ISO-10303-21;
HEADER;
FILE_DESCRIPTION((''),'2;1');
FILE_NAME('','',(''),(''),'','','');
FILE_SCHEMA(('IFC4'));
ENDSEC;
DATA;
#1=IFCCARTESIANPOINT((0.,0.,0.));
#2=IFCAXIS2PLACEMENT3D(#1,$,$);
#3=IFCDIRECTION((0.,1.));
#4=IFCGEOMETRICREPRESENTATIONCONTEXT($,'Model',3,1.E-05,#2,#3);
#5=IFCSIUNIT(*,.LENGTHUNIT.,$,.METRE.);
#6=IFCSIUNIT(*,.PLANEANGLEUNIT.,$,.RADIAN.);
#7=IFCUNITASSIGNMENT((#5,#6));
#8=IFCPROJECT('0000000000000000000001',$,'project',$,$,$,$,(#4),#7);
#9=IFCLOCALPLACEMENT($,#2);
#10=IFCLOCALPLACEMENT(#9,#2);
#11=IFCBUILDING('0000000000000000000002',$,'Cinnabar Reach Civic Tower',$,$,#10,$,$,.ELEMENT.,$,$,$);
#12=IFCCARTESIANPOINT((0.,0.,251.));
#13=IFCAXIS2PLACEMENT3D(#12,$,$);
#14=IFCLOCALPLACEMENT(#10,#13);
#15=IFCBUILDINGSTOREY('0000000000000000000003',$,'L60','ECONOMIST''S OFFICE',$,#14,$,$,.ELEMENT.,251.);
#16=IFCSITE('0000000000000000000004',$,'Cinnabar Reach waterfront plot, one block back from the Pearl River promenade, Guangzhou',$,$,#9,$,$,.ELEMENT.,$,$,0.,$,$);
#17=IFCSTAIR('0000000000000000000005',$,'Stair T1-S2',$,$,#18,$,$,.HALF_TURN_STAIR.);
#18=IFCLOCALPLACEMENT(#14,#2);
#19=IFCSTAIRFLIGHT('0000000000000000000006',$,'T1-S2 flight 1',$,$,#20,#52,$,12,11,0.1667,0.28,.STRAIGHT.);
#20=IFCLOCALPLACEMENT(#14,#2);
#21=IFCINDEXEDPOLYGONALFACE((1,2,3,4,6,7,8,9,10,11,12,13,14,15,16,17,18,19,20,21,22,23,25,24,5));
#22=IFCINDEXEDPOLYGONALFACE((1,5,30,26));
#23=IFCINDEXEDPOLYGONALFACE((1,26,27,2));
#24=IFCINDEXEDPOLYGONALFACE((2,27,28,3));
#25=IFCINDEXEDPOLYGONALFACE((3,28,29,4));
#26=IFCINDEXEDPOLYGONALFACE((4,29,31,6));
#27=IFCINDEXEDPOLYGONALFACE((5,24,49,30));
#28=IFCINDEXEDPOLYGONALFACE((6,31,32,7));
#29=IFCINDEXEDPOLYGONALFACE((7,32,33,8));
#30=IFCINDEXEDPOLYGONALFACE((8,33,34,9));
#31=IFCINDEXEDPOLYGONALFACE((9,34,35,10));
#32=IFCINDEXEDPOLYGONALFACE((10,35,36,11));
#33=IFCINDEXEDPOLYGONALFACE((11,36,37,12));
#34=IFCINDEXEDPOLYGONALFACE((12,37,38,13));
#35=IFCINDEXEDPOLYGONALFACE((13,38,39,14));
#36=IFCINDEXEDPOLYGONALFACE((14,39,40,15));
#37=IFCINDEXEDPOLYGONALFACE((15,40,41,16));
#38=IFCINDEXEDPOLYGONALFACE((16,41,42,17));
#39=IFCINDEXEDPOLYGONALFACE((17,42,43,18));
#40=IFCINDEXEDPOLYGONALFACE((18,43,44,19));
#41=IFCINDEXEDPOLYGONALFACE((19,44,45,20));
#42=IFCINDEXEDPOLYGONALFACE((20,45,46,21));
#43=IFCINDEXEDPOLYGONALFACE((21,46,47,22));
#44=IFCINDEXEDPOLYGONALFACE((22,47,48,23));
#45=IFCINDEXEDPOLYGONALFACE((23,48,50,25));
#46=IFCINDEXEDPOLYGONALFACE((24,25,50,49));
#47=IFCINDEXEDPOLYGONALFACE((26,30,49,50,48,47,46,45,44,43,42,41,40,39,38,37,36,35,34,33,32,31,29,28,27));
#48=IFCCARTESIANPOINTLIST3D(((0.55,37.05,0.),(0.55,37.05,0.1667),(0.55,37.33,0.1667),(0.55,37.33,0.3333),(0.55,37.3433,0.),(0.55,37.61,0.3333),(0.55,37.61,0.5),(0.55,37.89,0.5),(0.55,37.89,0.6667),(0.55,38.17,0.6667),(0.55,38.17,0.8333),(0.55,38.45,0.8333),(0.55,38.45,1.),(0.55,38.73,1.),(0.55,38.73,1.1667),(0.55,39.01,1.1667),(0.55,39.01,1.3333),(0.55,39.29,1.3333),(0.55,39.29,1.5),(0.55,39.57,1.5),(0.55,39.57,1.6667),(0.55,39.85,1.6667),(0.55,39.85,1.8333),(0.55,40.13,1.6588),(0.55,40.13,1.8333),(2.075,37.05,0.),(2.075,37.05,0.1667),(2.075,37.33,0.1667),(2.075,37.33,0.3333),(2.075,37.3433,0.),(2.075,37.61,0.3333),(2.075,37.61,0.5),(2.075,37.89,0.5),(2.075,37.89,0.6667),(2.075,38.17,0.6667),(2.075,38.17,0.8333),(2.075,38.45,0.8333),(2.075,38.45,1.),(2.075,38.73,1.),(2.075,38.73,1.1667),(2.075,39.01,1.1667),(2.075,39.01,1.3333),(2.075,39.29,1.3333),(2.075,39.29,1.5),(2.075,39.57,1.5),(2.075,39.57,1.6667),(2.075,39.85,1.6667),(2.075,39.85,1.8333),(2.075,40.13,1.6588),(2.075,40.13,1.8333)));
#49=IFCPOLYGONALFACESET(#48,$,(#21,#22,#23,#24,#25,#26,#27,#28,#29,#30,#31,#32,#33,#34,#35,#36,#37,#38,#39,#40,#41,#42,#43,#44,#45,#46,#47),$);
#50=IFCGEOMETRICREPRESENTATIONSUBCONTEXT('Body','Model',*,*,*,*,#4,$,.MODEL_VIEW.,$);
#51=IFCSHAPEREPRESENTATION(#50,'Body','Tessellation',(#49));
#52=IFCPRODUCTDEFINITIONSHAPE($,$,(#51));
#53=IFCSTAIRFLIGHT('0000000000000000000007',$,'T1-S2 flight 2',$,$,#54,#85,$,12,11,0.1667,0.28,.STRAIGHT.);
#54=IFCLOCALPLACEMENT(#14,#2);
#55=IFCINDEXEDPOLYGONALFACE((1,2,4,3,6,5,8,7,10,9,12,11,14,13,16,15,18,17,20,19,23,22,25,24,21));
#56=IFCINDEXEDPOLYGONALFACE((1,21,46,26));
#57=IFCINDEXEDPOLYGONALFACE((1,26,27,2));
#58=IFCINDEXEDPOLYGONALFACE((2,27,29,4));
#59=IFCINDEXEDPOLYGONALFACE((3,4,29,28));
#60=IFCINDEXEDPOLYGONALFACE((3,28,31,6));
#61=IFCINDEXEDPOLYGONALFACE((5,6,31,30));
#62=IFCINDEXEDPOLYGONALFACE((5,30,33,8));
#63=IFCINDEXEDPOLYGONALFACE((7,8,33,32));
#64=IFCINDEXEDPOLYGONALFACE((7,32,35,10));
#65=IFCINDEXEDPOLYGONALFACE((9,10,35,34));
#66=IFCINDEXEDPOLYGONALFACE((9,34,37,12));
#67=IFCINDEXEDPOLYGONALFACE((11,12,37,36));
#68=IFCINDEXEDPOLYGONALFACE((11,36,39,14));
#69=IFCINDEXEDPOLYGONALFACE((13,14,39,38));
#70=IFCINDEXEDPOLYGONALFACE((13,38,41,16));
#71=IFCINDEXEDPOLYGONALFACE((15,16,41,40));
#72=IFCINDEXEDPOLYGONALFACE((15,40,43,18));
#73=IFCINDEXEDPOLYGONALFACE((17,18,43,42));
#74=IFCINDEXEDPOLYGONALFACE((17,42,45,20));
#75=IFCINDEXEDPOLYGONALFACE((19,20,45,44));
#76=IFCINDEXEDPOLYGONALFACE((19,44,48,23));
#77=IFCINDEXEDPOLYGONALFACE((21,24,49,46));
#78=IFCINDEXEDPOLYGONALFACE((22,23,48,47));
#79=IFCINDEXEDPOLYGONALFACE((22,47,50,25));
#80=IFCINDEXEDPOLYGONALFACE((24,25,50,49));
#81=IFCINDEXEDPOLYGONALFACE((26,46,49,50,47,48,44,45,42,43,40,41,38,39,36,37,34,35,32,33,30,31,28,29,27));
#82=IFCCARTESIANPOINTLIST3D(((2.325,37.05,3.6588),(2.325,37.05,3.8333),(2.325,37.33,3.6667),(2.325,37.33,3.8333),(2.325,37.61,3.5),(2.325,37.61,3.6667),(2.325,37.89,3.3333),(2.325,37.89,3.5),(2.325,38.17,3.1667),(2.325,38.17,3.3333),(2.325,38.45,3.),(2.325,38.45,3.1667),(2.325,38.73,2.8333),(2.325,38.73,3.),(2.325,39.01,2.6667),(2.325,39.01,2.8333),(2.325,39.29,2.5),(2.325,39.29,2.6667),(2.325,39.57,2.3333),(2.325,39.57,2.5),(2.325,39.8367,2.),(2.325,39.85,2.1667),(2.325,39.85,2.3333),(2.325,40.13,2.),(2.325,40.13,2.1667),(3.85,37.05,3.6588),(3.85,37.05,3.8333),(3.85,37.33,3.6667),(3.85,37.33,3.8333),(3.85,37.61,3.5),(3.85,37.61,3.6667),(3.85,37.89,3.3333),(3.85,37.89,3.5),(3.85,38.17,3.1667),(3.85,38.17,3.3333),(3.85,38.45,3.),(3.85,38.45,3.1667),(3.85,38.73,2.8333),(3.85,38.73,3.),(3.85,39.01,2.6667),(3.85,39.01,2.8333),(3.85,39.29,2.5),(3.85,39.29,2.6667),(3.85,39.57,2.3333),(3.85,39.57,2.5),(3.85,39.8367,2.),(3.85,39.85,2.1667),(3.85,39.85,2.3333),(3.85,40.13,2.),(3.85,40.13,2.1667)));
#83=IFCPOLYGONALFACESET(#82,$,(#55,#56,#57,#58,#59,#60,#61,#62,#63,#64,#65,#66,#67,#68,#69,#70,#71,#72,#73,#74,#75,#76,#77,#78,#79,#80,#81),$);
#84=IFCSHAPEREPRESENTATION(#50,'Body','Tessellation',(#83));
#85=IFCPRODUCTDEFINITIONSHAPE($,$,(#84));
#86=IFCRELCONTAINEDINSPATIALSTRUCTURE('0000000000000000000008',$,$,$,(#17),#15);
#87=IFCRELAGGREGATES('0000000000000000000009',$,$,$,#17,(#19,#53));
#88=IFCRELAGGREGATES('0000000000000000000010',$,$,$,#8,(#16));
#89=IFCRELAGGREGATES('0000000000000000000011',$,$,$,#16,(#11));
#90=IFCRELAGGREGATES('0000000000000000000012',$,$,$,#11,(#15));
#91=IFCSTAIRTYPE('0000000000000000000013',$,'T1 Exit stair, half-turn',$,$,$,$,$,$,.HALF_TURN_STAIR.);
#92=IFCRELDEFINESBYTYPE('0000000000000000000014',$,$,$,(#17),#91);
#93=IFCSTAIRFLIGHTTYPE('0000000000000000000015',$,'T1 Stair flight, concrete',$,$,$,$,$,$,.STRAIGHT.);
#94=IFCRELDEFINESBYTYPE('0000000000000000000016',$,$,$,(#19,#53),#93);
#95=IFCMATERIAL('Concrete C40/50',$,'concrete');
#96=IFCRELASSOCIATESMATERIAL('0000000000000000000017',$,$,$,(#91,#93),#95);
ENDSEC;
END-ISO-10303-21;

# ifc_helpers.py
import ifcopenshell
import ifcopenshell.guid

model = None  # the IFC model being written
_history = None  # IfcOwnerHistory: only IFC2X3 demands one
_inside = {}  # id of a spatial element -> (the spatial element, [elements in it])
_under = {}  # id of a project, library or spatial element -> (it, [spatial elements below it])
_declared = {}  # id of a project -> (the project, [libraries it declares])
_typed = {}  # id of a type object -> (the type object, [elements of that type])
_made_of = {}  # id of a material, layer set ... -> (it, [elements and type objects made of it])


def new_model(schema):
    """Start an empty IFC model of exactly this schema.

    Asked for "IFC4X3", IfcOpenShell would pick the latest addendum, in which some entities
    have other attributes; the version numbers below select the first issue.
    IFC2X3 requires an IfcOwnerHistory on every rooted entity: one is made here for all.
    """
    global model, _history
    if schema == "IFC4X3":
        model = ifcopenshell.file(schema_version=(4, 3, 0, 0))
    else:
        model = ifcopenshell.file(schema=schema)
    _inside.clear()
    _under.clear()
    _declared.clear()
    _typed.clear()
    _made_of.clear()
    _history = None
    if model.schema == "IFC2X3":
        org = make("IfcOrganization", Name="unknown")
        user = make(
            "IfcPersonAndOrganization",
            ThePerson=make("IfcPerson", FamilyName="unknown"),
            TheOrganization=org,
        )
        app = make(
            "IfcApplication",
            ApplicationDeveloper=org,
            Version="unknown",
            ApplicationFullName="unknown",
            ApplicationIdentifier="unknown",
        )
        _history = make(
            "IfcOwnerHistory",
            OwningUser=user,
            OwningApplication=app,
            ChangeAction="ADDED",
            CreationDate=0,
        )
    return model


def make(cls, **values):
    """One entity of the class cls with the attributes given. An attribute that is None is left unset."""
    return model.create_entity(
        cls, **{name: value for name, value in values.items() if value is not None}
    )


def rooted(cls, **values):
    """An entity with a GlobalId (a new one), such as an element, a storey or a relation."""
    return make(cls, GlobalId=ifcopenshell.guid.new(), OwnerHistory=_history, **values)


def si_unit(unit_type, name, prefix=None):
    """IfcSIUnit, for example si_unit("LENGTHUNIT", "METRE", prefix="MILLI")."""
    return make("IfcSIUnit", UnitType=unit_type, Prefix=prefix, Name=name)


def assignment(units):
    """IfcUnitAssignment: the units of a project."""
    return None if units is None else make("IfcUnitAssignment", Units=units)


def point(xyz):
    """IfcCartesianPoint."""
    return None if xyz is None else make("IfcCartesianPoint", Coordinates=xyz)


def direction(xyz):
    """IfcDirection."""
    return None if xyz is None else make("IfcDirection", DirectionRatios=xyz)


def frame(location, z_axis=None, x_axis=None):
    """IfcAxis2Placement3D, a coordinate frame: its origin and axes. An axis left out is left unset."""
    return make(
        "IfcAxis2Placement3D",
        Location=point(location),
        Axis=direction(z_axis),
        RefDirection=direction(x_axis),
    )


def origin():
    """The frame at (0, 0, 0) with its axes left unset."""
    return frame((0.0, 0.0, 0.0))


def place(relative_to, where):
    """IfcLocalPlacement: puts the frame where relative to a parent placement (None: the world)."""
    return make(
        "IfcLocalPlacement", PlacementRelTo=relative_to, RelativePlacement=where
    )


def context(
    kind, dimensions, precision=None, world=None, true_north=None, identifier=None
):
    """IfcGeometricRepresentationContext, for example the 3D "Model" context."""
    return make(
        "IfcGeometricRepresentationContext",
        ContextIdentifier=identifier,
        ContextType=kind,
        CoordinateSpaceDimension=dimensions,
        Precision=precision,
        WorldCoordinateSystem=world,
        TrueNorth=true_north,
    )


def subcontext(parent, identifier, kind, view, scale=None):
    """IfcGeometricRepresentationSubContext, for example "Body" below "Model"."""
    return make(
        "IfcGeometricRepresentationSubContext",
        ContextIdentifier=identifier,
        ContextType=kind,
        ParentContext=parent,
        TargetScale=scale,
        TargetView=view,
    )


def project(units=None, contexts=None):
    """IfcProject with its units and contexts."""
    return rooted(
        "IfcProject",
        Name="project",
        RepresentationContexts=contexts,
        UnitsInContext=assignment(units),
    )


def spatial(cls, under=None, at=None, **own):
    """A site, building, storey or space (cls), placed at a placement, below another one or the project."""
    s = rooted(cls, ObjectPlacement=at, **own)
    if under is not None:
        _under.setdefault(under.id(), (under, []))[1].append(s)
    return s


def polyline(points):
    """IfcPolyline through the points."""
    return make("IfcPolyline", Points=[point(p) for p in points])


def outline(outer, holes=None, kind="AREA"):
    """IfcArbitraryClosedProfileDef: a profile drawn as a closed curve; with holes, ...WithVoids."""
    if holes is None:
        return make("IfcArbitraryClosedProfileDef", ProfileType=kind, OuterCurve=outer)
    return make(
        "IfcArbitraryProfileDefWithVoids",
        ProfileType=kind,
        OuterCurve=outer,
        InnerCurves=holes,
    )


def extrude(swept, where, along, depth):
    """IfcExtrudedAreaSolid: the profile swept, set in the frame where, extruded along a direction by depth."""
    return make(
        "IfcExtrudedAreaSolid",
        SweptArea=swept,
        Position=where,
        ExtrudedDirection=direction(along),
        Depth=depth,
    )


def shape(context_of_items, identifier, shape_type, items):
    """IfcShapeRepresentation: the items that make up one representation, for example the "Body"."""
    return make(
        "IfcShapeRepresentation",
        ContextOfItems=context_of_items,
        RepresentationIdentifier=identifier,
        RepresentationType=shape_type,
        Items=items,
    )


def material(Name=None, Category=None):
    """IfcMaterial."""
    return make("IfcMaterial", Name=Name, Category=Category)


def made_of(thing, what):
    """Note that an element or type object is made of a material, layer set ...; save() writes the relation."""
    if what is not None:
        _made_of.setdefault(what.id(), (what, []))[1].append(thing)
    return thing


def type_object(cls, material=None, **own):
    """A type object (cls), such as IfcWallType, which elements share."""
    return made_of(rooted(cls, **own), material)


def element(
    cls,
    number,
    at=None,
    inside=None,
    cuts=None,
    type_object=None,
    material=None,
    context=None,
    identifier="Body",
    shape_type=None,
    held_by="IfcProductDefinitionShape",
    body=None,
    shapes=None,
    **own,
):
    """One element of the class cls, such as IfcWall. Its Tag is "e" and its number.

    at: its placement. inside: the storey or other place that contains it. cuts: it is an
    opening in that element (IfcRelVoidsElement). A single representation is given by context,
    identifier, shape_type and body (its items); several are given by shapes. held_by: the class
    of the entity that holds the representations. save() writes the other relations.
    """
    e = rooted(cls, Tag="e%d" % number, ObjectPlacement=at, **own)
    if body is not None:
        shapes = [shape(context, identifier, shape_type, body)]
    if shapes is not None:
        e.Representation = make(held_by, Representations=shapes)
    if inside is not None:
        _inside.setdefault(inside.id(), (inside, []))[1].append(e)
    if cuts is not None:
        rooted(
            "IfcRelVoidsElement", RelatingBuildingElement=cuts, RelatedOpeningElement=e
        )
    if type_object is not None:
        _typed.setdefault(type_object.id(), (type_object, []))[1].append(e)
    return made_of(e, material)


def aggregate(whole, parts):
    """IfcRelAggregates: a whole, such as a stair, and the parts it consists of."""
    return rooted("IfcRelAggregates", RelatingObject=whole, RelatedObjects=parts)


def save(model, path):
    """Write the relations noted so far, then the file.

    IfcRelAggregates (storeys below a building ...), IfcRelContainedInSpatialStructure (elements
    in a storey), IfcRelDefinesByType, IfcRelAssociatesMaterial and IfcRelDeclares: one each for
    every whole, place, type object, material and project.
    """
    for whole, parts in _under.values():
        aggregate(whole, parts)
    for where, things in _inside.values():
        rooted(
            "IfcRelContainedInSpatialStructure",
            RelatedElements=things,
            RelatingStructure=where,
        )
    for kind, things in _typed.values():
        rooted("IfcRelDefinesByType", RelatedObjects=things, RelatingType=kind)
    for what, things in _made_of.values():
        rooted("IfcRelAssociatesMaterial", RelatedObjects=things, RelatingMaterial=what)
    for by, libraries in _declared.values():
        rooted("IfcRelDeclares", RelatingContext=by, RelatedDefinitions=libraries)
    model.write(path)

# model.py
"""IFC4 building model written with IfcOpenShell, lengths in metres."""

from ifc_helpers import new_model, si_unit, direction, frame, origin, place, context, subcontext, project, spatial, polyline, outline, extrude, material, type_object, element, aggregate, save


model = new_model("IFC4")

# Units and contexts
model_context = context("Model", 3, precision=1e-05, world=origin(), true_north=direction((0.0, 1.0)))
body_context = subcontext(model_context, "Body", "Model", "MODEL_VIEW")
ifc_project = project(units=[si_unit("LENGTHUNIT", "METRE"), si_unit("PLANEANGLEUNIT", "RADIAN")], contexts=[model_context])

# Site, building, storey
site_placement = place(None, origin())
site = spatial("IfcSite", under=ifc_project, at=site_placement, Name="Cinnabar Reach waterfront plot, one block back from the Pearl River promenade, Guangzhou", CompositionType="ELEMENT", RefElevation=0.0)
building_placement = place(site_placement, origin())
building = spatial("IfcBuilding", under=site, at=building_placement, Name="Cinnabar Reach Civic Tower", CompositionType="ELEMENT")
storey_placement = place(building_placement, frame((0.0, 0.0, 251.0)))
storey = spatial("IfcBuildingStorey", under=building, at=storey_placement, Name="L60", Description="ECONOMIST'S OFFICE", CompositionType="ELEMENT", Elevation=251.0)

# Shared definitions
ifc_material_1 = material(Name="Concrete C40/50", Category="concrete")

# Stair, stair flights
stair_type = type_object("IfcStairType", Name="T1 Exit stair, half-turn", PredefinedType="HALF_TURN_STAIR", material=ifc_material_1)
stair_placement = place(storey_placement, origin())
stair = element("IfcStair", 1, at=stair_placement, inside=storey, type_object=stair_type, Name="Stair T1-S2", PredefinedType="HALF_TURN_STAIR")
stair_flight_type = type_object("IfcStairFlightType", Name="T1 Stair flight, concrete", PredefinedType="STRAIGHT", material=ifc_material_1)
stair_flight_1_placement = place(storey_placement, frame((1.3125, 37.05, 0.0), z_axis=(0.0, 0.0, 1.0), x_axis=(0.0, 1.0, 0.0)))
stair_flight_1 = element("IfcStairFlight", 2, at=stair_flight_1_placement, type_object=stair_flight_type, Name="T1-S2 flight 1", NumberOfRisers=12, NumberOfTreads=11, PredefinedType="STRAIGHT", RiserHeight=0.1667, TreadLength=0.28, context=body_context, shape_type="SweptSolid", body=[
    extrude(outline(polyline([(0.0, 0.0), (0.0, 0.1667), (0.28, 0.1667), (0.28, 0.3333), (0.56, 0.3333), (0.56, 0.5), (0.84, 0.5), (0.84, 0.6667), (1.12, 0.6667), (1.12, 0.8333), (1.4, 0.8333), (1.4, 1.0), (1.68, 1.0), (1.68, 1.1667), (1.96, 1.1667), (1.96, 1.3333), (2.24, 1.3333), (2.24, 1.5), (2.52, 1.5), (2.52, 1.6667), (2.8, 1.6667), (2.8, 1.8333), (3.08, 1.8333), (3.08, 2.0), (3.08, 1.6588), (0.2933, 0.0), (0.0, 0.0)])), frame((0.0, 0.7625, 0.0), z_axis=(0.0, -1.0, 0.0), x_axis=(1.0, 0.0, 0.0)), (0.0, 0.0, 1.0), 1.525),
])
stair_flight_2_placement = place(storey_placement, frame((3.0875, 40.13, 2.0), z_axis=(0.0, 0.0, 1.0), x_axis=(0.0, -1.0, 0.0)))
stair_flight_2 = element("IfcStairFlight", 3, at=stair_flight_2_placement, type_object=stair_flight_type, Name="T1-S2 flight 2", NumberOfRisers=12, NumberOfTreads=11, PredefinedType="STRAIGHT", RiserHeight=0.1667, TreadLength=0.28, context=body_context, shape_type="SweptSolid", body=[
    extrude(outline(polyline([(0.0, 0.0), (0.0, 0.1667), (0.28, 0.1667), (0.28, 0.3333), (0.56, 0.3333), (0.56, 0.5), (0.84, 0.5), (0.84, 0.6667), (1.12, 0.6667), (1.12, 0.8333), (1.4, 0.8333), (1.4, 1.0), (1.68, 1.0), (1.68, 1.1667), (1.96, 1.1667), (1.96, 1.3333), (2.24, 1.3333), (2.24, 1.5), (2.52, 1.5), (2.52, 1.6667), (2.8, 1.6667), (2.8, 1.8333), (3.08, 1.8333), (3.08, 2.0), (3.08, 1.6588), (0.2933, 0.0), (0.0, 0.0)])), frame((0.0, 0.7625, 0.0), z_axis=(0.0, -1.0, 0.0), x_axis=(1.0, 0.0, 0.0)), (0.0, 0.0, 1.0), 1.525),
])
aggregate(stair, [stair_flight_1, stair_flight_2])

save(model, "model.ifc")
